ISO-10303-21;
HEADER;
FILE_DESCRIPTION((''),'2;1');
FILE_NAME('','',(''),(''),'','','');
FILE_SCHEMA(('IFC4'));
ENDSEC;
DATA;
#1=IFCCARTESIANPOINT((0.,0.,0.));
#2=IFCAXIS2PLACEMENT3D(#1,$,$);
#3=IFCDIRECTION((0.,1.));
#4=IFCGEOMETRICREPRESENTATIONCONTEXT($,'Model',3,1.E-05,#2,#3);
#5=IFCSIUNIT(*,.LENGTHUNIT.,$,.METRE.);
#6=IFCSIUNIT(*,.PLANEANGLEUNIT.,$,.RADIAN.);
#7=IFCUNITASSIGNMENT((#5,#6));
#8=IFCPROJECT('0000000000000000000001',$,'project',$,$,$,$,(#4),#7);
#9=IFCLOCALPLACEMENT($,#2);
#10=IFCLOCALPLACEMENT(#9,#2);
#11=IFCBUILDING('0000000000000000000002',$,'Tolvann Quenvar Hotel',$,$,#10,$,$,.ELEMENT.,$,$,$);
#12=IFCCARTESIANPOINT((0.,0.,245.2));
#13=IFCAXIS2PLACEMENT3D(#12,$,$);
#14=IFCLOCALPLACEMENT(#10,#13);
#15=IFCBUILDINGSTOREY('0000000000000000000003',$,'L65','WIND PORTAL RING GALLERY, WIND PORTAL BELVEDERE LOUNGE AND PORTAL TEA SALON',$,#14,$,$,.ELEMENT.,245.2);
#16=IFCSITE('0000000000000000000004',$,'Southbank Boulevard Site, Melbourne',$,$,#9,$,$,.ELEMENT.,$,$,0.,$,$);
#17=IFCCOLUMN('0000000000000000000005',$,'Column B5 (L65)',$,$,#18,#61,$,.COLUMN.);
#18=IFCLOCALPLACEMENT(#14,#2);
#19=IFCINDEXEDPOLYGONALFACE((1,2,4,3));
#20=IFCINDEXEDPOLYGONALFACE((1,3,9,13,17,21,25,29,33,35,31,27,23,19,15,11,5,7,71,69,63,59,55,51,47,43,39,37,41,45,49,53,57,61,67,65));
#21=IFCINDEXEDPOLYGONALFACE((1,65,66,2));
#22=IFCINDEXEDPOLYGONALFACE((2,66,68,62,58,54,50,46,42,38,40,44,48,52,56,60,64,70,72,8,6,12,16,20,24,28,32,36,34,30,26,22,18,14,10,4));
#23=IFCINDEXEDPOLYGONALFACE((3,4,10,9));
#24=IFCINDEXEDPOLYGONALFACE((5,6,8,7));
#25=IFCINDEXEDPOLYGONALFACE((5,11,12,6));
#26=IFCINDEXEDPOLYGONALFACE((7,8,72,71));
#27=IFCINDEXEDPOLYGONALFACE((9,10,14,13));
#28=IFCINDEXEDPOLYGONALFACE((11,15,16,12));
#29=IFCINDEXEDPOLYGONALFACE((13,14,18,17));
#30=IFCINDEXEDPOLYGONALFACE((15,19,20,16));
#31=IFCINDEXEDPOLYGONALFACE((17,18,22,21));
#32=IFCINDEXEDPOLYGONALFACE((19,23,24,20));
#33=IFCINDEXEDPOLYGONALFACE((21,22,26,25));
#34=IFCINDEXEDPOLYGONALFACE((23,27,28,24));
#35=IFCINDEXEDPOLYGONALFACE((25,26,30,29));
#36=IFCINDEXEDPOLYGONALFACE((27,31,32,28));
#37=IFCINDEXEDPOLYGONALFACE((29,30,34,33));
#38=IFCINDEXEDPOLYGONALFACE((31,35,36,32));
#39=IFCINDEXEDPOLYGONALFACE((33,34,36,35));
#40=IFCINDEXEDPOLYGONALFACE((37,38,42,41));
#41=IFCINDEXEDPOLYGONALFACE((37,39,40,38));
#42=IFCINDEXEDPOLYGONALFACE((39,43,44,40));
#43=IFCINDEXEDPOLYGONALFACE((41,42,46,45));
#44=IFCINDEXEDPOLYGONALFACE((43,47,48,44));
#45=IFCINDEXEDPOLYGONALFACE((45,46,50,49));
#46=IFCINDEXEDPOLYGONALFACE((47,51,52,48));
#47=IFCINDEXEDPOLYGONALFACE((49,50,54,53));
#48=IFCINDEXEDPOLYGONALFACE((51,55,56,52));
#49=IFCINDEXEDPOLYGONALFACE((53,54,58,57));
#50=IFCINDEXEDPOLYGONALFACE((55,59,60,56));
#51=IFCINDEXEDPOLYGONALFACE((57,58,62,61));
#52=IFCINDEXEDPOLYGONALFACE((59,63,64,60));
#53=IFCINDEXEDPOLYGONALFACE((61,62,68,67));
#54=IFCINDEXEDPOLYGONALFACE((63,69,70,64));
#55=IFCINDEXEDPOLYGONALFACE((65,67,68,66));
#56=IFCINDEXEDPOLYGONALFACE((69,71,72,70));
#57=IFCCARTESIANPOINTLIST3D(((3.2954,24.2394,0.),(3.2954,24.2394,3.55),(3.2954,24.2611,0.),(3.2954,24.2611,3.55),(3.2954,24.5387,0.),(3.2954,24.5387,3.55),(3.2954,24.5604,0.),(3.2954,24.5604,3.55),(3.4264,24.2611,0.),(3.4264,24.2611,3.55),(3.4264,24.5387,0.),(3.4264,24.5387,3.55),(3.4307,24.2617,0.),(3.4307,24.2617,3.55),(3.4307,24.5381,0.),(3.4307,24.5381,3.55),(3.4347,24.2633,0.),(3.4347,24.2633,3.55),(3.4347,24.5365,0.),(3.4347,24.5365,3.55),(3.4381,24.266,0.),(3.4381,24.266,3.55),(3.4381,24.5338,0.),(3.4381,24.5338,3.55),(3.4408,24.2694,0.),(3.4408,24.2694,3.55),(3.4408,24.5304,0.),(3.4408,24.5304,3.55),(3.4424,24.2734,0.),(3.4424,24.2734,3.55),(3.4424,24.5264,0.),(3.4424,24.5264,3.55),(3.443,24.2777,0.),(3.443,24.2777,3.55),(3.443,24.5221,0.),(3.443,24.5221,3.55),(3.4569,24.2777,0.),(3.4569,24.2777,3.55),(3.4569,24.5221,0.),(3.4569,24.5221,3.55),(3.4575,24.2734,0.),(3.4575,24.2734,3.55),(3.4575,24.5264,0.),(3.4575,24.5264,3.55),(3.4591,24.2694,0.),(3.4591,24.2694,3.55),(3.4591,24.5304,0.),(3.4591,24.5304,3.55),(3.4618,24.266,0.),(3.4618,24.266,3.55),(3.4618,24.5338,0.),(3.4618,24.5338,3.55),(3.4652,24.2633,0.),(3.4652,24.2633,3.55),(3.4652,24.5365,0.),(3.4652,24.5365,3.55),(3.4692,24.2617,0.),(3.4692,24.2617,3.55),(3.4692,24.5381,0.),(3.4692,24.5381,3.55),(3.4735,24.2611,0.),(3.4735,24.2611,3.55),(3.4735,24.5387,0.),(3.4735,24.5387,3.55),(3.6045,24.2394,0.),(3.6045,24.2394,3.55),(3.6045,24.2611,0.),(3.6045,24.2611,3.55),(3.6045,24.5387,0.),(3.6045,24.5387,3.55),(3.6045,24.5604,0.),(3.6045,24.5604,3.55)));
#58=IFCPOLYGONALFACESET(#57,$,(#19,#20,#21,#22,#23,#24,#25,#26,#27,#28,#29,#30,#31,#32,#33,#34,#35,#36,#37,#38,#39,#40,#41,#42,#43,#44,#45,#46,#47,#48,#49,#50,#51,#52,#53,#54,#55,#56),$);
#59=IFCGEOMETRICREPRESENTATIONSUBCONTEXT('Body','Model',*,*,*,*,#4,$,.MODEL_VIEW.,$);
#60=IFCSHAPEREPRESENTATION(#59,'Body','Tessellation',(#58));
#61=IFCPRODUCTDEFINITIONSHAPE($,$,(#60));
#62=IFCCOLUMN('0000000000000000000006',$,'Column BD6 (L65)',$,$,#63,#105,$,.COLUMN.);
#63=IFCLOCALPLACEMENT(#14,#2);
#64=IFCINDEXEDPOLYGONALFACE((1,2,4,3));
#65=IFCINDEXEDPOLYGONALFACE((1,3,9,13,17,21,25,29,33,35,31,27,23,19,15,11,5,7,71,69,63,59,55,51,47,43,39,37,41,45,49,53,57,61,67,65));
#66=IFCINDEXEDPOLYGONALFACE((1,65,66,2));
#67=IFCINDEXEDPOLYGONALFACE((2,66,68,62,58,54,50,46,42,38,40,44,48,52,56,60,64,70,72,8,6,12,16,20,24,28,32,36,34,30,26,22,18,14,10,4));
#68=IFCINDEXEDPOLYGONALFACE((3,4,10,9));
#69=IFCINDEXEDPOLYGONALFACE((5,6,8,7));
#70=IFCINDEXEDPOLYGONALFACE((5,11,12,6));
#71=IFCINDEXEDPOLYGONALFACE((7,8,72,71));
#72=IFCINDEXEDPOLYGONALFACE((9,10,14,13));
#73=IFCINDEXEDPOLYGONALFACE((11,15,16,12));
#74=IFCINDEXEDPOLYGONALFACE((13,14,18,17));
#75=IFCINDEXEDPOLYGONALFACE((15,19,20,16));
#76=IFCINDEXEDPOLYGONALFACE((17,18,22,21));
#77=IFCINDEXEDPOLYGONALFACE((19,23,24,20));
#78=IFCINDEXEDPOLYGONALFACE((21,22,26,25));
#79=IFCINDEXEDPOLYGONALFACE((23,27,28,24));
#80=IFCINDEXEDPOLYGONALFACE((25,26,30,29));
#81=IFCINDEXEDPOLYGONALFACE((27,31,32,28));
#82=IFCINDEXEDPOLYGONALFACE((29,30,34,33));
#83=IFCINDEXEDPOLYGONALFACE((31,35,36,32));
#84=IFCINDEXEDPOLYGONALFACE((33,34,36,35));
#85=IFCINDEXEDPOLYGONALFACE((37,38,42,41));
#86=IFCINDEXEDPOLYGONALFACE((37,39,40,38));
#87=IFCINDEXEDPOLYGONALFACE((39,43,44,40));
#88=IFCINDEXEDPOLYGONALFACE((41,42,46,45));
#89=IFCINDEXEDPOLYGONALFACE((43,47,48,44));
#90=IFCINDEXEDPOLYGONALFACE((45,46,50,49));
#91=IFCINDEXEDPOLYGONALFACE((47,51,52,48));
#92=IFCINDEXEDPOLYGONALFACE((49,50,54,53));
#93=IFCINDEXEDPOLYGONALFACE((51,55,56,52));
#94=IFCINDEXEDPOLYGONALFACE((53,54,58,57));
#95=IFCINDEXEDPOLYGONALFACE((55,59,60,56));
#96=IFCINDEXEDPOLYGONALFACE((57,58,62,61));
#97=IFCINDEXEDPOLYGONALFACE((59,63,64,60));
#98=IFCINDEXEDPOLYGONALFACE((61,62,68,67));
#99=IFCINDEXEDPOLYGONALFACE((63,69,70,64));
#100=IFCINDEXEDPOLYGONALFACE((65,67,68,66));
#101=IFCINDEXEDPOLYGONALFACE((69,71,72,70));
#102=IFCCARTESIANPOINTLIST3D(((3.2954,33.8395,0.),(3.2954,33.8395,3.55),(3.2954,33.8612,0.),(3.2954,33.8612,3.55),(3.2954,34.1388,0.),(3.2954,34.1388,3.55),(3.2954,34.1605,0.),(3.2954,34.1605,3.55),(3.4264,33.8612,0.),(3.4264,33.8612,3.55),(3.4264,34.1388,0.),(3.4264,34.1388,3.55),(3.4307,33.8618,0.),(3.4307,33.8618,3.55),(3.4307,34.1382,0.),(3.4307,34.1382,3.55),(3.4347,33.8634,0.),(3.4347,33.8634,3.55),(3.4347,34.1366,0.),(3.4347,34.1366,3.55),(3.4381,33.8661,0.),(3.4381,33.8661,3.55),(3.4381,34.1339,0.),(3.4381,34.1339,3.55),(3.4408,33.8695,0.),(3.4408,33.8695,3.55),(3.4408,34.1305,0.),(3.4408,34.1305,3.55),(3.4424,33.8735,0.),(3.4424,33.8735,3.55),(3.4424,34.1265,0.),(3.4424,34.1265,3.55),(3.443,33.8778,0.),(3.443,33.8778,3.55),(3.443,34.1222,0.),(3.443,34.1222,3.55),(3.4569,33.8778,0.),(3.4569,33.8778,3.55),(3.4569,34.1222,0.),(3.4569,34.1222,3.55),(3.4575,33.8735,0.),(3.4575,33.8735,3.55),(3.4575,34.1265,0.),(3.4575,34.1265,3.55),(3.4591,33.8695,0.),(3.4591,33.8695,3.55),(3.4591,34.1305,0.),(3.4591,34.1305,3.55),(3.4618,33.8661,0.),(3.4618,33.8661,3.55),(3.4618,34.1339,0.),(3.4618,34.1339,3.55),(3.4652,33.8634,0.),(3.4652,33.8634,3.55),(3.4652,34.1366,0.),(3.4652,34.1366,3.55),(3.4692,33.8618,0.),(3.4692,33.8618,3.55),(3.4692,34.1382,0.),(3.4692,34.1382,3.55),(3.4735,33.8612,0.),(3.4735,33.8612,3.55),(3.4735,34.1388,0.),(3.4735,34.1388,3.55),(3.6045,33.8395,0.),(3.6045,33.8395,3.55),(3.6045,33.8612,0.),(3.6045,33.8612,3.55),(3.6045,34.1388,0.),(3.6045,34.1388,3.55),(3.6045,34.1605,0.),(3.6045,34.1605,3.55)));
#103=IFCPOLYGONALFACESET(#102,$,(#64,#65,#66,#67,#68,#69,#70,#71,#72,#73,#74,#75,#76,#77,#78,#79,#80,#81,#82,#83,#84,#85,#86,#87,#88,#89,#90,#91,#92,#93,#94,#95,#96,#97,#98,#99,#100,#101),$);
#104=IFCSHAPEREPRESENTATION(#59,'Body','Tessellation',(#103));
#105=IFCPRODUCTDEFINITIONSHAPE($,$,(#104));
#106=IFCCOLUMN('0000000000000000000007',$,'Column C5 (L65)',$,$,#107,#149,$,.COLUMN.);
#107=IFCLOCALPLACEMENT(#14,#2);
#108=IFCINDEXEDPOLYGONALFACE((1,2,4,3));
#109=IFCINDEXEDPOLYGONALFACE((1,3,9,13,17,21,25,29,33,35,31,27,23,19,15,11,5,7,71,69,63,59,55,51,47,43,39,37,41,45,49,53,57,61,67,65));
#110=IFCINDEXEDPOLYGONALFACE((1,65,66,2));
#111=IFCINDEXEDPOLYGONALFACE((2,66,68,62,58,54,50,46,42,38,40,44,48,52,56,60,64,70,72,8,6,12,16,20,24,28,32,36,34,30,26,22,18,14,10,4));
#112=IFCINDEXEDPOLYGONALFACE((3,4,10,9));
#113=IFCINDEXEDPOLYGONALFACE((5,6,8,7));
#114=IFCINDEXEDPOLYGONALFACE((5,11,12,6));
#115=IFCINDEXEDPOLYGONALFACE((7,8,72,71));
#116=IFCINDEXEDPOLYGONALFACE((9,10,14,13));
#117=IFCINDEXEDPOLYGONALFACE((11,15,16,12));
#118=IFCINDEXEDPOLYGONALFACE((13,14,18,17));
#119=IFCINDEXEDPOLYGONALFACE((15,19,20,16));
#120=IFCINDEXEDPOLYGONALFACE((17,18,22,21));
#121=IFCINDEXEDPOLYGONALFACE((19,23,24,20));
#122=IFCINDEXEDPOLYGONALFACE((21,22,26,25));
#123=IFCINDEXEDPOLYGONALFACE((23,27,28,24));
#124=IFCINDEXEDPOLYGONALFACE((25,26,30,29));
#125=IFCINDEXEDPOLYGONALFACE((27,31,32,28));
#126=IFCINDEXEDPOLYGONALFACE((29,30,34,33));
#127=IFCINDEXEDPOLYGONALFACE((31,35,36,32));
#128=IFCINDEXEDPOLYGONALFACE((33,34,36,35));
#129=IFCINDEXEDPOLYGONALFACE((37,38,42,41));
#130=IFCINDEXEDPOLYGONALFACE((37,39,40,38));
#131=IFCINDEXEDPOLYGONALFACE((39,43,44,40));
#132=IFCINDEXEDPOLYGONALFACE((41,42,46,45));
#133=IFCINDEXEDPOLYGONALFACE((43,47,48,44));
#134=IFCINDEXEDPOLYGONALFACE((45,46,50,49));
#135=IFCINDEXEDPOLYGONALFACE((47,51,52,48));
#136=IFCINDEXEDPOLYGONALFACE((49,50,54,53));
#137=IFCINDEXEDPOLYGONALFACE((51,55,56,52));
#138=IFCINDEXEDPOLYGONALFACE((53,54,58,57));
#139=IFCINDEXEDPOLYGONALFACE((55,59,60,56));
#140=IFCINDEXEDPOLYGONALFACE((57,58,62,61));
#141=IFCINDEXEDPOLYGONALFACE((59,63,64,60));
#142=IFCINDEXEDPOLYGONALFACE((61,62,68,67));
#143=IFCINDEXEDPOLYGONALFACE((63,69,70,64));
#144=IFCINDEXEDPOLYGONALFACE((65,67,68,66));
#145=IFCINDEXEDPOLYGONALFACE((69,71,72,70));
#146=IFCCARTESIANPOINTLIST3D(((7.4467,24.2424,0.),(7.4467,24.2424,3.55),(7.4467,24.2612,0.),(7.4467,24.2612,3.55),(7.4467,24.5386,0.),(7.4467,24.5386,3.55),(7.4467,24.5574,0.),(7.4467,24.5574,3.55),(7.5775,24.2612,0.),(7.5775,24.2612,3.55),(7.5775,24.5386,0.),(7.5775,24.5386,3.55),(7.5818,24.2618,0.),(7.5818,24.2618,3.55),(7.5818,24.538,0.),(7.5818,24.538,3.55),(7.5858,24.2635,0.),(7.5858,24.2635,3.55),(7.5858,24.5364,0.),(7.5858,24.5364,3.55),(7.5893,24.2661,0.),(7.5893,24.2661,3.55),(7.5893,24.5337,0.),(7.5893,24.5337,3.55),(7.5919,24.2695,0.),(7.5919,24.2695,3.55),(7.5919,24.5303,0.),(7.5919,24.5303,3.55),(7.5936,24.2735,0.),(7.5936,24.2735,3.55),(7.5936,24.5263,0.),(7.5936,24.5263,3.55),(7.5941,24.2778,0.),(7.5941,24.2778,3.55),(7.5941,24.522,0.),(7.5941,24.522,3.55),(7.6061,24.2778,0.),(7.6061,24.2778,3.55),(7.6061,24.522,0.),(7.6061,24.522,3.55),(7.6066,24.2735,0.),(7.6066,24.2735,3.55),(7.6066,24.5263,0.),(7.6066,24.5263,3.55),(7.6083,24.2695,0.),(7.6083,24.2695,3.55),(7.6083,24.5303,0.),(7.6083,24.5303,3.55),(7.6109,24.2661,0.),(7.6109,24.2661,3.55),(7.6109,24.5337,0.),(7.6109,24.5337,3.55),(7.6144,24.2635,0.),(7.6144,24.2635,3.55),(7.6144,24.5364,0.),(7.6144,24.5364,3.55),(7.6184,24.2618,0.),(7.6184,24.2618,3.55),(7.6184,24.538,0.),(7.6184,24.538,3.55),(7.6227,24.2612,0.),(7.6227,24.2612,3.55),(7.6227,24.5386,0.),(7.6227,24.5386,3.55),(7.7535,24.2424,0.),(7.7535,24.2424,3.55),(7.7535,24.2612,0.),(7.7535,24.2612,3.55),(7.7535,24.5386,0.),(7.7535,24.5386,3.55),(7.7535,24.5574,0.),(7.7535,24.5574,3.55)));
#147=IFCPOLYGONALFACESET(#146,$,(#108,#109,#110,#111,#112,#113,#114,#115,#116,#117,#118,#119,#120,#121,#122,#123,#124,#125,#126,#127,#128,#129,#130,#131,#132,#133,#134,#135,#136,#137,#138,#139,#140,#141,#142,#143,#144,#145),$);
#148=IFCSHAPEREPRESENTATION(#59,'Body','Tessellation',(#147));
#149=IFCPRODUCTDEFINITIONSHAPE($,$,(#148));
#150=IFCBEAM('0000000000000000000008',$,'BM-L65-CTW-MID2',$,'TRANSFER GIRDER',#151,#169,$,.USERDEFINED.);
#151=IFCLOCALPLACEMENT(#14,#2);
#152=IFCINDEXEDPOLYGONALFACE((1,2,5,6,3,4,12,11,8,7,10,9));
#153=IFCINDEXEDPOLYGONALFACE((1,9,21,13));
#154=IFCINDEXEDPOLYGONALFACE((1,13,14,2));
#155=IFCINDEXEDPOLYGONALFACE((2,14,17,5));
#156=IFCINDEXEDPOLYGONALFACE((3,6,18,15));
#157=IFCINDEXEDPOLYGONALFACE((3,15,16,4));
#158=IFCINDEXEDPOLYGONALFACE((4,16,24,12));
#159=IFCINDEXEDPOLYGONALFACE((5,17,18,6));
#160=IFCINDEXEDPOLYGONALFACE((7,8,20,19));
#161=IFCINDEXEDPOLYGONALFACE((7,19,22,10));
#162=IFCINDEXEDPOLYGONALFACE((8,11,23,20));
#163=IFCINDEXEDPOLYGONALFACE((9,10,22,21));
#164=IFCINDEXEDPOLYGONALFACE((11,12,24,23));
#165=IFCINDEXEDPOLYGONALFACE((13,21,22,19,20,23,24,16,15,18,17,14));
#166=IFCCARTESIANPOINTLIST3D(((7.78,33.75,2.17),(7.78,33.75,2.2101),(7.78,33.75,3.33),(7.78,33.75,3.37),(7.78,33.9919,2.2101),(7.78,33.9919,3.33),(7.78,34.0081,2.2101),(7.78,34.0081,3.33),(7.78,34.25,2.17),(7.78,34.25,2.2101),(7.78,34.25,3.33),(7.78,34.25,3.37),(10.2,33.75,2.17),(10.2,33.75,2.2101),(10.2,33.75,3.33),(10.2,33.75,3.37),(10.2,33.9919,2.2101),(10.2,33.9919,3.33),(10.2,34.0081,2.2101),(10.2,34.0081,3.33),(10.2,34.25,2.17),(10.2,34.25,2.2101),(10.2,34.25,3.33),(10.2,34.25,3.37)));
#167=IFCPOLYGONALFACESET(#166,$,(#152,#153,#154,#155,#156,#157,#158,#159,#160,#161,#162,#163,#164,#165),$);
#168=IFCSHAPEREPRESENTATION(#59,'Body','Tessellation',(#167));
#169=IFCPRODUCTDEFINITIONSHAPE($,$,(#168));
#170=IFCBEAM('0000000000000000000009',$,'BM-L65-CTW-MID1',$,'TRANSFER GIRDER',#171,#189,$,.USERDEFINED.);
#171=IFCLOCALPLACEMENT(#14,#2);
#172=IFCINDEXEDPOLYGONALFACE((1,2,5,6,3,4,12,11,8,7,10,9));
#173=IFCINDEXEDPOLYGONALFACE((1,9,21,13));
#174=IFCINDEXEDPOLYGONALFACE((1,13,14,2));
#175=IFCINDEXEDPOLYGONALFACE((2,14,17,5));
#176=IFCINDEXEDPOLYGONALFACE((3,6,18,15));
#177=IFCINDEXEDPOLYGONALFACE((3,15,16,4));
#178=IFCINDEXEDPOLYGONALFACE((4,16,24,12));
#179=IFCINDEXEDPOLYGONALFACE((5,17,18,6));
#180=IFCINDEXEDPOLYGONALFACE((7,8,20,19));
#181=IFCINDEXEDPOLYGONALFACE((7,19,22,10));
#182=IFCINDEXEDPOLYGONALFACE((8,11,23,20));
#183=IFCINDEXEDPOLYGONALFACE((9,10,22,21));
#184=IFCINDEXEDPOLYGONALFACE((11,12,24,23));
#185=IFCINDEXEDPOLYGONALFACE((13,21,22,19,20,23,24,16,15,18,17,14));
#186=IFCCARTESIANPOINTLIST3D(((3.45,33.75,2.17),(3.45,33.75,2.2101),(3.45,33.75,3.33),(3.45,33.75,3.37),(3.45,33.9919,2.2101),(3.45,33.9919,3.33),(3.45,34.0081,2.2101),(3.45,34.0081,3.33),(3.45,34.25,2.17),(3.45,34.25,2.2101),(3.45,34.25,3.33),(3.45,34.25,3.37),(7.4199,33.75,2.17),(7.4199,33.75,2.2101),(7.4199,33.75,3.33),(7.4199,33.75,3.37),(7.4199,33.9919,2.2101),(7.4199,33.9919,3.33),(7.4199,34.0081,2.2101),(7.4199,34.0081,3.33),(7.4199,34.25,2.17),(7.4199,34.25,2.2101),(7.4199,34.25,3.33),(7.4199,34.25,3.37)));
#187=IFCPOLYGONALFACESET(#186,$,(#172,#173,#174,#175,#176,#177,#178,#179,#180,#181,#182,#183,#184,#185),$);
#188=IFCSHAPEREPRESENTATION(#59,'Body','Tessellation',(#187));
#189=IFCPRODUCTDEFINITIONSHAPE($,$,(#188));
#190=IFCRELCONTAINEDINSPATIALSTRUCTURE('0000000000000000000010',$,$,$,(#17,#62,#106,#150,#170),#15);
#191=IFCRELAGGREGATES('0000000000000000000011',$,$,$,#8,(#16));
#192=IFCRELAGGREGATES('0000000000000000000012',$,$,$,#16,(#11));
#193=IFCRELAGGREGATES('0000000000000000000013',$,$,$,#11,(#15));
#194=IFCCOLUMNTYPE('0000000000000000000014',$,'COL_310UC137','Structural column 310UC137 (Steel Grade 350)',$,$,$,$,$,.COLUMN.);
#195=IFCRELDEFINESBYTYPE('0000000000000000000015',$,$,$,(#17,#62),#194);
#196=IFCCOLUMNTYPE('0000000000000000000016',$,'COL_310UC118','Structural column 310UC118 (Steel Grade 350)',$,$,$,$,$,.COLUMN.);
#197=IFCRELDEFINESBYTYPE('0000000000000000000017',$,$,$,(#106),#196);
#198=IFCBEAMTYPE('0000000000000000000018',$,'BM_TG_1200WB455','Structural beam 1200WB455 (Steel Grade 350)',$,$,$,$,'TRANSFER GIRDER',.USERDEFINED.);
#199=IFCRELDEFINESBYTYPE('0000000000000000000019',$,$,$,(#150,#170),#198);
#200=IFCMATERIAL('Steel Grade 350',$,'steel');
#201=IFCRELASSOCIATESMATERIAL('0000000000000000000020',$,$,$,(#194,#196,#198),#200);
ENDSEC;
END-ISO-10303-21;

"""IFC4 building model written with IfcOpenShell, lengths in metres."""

from ifc_helpers import new_model, si_unit, direction, frame, origin, origin_2d, place, context, subcontext, project, spatial, i_section, extrude, source, transform, mapped, material, material_profile, profile_set, type_object, type_shapes, element, save


model = new_model("IFC4")

# Units and contexts
model_context = context("Model", 3, precision=1e-05, world=origin(), true_north=direction((0.0, 1.0)))
body_context = subcontext(model_context, "Body", "Model", "MODEL_VIEW")
ifc_project = project(units=[si_unit("LENGTHUNIT", "METRE"), si_unit("PLANEANGLEUNIT", "RADIAN")], contexts=[model_context])

# Site, building, storey
site_placement = place(None, origin())
site = spatial("IfcSite", under=ifc_project, at=site_placement, Name="Southbank Boulevard Site, Melbourne", CompositionType="ELEMENT", RefElevation=0.0)
building_placement = place(site_placement, origin())
building = spatial("IfcBuilding", under=site, at=building_placement, Name="Tolvann Quenvar Hotel", CompositionType="ELEMENT")
storey_placement = place(building_placement, frame((0.0, 0.0, 245.2)))
storey = spatial("IfcBuildingStorey", under=building, at=storey_placement, Name="L65", Description="WIND PORTAL RING GALLERY, WIND PORTAL BELVEDERE LOUNGE AND PORTAL TEA SALON", CompositionType="ELEMENT", Elevation=245.2)

# Columns
ifc_material_1 = material(Name="Steel Grade 350", Category="steel")
ifc_material_profile_1 = material_profile(ifc_material_1, i_section(OverallWidth=0.3091, OverallDepth=0.321, WebThickness=0.0139, FlangeThickness=0.0217, FilletRadius=0.0166, at=origin_2d()), Name="310UC137")
ifc_profile_set_1 = profile_set([ifc_material_profile_1], Name="Steel Grade 350")
column_type_1 = type_object("IfcColumnType", Name="COL_310UC137", Description="Structural column 310UC137 (Steel Grade 350)", PredefinedType="COLUMN", material=ifc_profile_set_1)
shared_shape_1 = source(origin(), body_context, "Body", "SweptSolid", [
    extrude(i_section(OverallWidth=0.3091, OverallDepth=0.321, WebThickness=0.0139, FlangeThickness=0.0217, FilletRadius=0.0166, at=origin_2d()), origin(), (0.0, 0.0, 1.0), 3.55),
])
type_shapes(column_type_1, [shared_shape_1])
for number, where, z_axis, x_axis, name in (
    (1, (3.45, 24.3999, 0.0), (0.0, 0.0, 1.0), (1.0, 0.0, 0.0), "Column B5 (L65)"),
    (2, (3.45, 34.0, 0.0), (0.0, 0.0, 1.0), (1.0, 0.0, 0.0), "Column BD6 (L65)"),
):
    element("IfcColumn", number, at=place(storey_placement, frame(where, z_axis=z_axis, x_axis=x_axis)), inside=storey, type_object=column_type_1, Name=name, PredefinedType="COLUMN", context=body_context, shape_type="MappedRepresentation", body=[
        mapped(shared_shape_1, transform((0.0, 0.0, 0.0), x_axis=(1.0, 0.0, 0.0), y_axis=(0.0, 1.0, 0.0), z_axis=(0.0, 0.0, 1.0), scale=1.0)),
    ])
ifc_material_profile_2 = material_profile(ifc_material_1, i_section(OverallWidth=0.3069, OverallDepth=0.3149, WebThickness=0.012, FlangeThickness=0.0188, FilletRadius=0.0166, at=origin_2d()), Name="310UC118")
ifc_profile_set_2 = profile_set([ifc_material_profile_2], Name="Steel Grade 350")
column_type_2 = type_object("IfcColumnType", Name="COL_310UC118", Description="Structural column 310UC118 (Steel Grade 350)", PredefinedType="COLUMN", material=ifc_profile_set_2)
shared_shape_2 = source(origin(), body_context, "Body", "SweptSolid", [
    extrude(i_section(OverallWidth=0.3069, OverallDepth=0.3149, WebThickness=0.012, FlangeThickness=0.0188, FilletRadius=0.0166, at=origin_2d()), origin(), (0.0, 0.0, 1.0), 3.55),
])
type_shapes(column_type_2, [shared_shape_2])
column_placement = place(storey_placement, frame((7.6001, 24.3999, 0.0), z_axis=(0.0, 0.0, 1.0), x_axis=(1.0, 0.0, 0.0)))
element("IfcColumn", 3, at=column_placement, inside=storey, type_object=column_type_2, Name="Column C5 (L65)", PredefinedType="COLUMN", context=body_context, shape_type="MappedRepresentation", body=[
    mapped(shared_shape_2, transform((0.0, 0.0, 0.0), x_axis=(1.0, 0.0, 0.0), y_axis=(0.0, 1.0, 0.0), z_axis=(0.0, 0.0, 1.0), scale=1.0)),
])

# Beams
ifc_material_profile_3 = material_profile(ifc_material_1, i_section(OverallWidth=0.5, OverallDepth=1.2, WebThickness=0.0161, FlangeThickness=0.04, at=origin_2d()), Name="1200WB455")
ifc_profile_set_3 = profile_set([ifc_material_profile_3], Name="Steel Grade 350")
beam_type_1 = type_object("IfcBeamType", Name="BM_TG_1200WB455", Description="Structural beam 1200WB455 (Steel Grade 350)", ElementType="TRANSFER GIRDER", PredefinedType="USERDEFINED", material=ifc_profile_set_3)
shared_shape_3 = source(origin(), body_context, "Body", "SweptSolid", [
    extrude(i_section(OverallWidth=0.5, OverallDepth=1.2, WebThickness=0.0161, FlangeThickness=0.04, at=origin_2d()), origin(), (0.0, 0.0, 1.0), 2.4199),
])
beam_1_placement = place(storey_placement, frame((7.78, 34.0, 2.77), z_axis=(1.0, 0.0, 0.0), x_axis=(0.0, 1.0, 0.0)))
element("IfcBeam", 4, at=beam_1_placement, inside=storey, type_object=beam_type_1, Name="BM-L65-CTW-MID2", ObjectType="TRANSFER GIRDER", PredefinedType="USERDEFINED", context=body_context, shape_type="MappedRepresentation", body=[
    mapped(shared_shape_3, transform((0.0, 0.0, 0.0), x_axis=(1.0, 0.0, 0.0), y_axis=(0.0, 1.0, 0.0), z_axis=(0.0, 0.0, 1.0), scale=1.0)),
])
shared_shape_4 = source(origin(), body_context, "Body", "SweptSolid", [
    extrude(i_section(OverallWidth=0.5, OverallDepth=1.2, WebThickness=0.0161, FlangeThickness=0.04, at=origin_2d()), origin(), (0.0, 0.0, 1.0), 3.97),
])
beam_2_placement = place(storey_placement, frame((3.45, 34.0, 2.77), z_axis=(1.0, 0.0, 0.0), x_axis=(0.0, 1.0, 0.0)))
element("IfcBeam", 5, at=beam_2_placement, inside=storey, type_object=beam_type_1, Name="BM-L65-CTW-MID1", ObjectType="TRANSFER GIRDER", PredefinedType="USERDEFINED", context=body_context, shape_type="MappedRepresentation", body=[
    mapped(shared_shape_4, transform((0.0, 0.0, 0.0), x_axis=(1.0, 0.0, 0.0), y_axis=(0.0, 1.0, 0.0), z_axis=(0.0, 0.0, 1.0), scale=1.0)),
])

save(model, "model.ifc")
